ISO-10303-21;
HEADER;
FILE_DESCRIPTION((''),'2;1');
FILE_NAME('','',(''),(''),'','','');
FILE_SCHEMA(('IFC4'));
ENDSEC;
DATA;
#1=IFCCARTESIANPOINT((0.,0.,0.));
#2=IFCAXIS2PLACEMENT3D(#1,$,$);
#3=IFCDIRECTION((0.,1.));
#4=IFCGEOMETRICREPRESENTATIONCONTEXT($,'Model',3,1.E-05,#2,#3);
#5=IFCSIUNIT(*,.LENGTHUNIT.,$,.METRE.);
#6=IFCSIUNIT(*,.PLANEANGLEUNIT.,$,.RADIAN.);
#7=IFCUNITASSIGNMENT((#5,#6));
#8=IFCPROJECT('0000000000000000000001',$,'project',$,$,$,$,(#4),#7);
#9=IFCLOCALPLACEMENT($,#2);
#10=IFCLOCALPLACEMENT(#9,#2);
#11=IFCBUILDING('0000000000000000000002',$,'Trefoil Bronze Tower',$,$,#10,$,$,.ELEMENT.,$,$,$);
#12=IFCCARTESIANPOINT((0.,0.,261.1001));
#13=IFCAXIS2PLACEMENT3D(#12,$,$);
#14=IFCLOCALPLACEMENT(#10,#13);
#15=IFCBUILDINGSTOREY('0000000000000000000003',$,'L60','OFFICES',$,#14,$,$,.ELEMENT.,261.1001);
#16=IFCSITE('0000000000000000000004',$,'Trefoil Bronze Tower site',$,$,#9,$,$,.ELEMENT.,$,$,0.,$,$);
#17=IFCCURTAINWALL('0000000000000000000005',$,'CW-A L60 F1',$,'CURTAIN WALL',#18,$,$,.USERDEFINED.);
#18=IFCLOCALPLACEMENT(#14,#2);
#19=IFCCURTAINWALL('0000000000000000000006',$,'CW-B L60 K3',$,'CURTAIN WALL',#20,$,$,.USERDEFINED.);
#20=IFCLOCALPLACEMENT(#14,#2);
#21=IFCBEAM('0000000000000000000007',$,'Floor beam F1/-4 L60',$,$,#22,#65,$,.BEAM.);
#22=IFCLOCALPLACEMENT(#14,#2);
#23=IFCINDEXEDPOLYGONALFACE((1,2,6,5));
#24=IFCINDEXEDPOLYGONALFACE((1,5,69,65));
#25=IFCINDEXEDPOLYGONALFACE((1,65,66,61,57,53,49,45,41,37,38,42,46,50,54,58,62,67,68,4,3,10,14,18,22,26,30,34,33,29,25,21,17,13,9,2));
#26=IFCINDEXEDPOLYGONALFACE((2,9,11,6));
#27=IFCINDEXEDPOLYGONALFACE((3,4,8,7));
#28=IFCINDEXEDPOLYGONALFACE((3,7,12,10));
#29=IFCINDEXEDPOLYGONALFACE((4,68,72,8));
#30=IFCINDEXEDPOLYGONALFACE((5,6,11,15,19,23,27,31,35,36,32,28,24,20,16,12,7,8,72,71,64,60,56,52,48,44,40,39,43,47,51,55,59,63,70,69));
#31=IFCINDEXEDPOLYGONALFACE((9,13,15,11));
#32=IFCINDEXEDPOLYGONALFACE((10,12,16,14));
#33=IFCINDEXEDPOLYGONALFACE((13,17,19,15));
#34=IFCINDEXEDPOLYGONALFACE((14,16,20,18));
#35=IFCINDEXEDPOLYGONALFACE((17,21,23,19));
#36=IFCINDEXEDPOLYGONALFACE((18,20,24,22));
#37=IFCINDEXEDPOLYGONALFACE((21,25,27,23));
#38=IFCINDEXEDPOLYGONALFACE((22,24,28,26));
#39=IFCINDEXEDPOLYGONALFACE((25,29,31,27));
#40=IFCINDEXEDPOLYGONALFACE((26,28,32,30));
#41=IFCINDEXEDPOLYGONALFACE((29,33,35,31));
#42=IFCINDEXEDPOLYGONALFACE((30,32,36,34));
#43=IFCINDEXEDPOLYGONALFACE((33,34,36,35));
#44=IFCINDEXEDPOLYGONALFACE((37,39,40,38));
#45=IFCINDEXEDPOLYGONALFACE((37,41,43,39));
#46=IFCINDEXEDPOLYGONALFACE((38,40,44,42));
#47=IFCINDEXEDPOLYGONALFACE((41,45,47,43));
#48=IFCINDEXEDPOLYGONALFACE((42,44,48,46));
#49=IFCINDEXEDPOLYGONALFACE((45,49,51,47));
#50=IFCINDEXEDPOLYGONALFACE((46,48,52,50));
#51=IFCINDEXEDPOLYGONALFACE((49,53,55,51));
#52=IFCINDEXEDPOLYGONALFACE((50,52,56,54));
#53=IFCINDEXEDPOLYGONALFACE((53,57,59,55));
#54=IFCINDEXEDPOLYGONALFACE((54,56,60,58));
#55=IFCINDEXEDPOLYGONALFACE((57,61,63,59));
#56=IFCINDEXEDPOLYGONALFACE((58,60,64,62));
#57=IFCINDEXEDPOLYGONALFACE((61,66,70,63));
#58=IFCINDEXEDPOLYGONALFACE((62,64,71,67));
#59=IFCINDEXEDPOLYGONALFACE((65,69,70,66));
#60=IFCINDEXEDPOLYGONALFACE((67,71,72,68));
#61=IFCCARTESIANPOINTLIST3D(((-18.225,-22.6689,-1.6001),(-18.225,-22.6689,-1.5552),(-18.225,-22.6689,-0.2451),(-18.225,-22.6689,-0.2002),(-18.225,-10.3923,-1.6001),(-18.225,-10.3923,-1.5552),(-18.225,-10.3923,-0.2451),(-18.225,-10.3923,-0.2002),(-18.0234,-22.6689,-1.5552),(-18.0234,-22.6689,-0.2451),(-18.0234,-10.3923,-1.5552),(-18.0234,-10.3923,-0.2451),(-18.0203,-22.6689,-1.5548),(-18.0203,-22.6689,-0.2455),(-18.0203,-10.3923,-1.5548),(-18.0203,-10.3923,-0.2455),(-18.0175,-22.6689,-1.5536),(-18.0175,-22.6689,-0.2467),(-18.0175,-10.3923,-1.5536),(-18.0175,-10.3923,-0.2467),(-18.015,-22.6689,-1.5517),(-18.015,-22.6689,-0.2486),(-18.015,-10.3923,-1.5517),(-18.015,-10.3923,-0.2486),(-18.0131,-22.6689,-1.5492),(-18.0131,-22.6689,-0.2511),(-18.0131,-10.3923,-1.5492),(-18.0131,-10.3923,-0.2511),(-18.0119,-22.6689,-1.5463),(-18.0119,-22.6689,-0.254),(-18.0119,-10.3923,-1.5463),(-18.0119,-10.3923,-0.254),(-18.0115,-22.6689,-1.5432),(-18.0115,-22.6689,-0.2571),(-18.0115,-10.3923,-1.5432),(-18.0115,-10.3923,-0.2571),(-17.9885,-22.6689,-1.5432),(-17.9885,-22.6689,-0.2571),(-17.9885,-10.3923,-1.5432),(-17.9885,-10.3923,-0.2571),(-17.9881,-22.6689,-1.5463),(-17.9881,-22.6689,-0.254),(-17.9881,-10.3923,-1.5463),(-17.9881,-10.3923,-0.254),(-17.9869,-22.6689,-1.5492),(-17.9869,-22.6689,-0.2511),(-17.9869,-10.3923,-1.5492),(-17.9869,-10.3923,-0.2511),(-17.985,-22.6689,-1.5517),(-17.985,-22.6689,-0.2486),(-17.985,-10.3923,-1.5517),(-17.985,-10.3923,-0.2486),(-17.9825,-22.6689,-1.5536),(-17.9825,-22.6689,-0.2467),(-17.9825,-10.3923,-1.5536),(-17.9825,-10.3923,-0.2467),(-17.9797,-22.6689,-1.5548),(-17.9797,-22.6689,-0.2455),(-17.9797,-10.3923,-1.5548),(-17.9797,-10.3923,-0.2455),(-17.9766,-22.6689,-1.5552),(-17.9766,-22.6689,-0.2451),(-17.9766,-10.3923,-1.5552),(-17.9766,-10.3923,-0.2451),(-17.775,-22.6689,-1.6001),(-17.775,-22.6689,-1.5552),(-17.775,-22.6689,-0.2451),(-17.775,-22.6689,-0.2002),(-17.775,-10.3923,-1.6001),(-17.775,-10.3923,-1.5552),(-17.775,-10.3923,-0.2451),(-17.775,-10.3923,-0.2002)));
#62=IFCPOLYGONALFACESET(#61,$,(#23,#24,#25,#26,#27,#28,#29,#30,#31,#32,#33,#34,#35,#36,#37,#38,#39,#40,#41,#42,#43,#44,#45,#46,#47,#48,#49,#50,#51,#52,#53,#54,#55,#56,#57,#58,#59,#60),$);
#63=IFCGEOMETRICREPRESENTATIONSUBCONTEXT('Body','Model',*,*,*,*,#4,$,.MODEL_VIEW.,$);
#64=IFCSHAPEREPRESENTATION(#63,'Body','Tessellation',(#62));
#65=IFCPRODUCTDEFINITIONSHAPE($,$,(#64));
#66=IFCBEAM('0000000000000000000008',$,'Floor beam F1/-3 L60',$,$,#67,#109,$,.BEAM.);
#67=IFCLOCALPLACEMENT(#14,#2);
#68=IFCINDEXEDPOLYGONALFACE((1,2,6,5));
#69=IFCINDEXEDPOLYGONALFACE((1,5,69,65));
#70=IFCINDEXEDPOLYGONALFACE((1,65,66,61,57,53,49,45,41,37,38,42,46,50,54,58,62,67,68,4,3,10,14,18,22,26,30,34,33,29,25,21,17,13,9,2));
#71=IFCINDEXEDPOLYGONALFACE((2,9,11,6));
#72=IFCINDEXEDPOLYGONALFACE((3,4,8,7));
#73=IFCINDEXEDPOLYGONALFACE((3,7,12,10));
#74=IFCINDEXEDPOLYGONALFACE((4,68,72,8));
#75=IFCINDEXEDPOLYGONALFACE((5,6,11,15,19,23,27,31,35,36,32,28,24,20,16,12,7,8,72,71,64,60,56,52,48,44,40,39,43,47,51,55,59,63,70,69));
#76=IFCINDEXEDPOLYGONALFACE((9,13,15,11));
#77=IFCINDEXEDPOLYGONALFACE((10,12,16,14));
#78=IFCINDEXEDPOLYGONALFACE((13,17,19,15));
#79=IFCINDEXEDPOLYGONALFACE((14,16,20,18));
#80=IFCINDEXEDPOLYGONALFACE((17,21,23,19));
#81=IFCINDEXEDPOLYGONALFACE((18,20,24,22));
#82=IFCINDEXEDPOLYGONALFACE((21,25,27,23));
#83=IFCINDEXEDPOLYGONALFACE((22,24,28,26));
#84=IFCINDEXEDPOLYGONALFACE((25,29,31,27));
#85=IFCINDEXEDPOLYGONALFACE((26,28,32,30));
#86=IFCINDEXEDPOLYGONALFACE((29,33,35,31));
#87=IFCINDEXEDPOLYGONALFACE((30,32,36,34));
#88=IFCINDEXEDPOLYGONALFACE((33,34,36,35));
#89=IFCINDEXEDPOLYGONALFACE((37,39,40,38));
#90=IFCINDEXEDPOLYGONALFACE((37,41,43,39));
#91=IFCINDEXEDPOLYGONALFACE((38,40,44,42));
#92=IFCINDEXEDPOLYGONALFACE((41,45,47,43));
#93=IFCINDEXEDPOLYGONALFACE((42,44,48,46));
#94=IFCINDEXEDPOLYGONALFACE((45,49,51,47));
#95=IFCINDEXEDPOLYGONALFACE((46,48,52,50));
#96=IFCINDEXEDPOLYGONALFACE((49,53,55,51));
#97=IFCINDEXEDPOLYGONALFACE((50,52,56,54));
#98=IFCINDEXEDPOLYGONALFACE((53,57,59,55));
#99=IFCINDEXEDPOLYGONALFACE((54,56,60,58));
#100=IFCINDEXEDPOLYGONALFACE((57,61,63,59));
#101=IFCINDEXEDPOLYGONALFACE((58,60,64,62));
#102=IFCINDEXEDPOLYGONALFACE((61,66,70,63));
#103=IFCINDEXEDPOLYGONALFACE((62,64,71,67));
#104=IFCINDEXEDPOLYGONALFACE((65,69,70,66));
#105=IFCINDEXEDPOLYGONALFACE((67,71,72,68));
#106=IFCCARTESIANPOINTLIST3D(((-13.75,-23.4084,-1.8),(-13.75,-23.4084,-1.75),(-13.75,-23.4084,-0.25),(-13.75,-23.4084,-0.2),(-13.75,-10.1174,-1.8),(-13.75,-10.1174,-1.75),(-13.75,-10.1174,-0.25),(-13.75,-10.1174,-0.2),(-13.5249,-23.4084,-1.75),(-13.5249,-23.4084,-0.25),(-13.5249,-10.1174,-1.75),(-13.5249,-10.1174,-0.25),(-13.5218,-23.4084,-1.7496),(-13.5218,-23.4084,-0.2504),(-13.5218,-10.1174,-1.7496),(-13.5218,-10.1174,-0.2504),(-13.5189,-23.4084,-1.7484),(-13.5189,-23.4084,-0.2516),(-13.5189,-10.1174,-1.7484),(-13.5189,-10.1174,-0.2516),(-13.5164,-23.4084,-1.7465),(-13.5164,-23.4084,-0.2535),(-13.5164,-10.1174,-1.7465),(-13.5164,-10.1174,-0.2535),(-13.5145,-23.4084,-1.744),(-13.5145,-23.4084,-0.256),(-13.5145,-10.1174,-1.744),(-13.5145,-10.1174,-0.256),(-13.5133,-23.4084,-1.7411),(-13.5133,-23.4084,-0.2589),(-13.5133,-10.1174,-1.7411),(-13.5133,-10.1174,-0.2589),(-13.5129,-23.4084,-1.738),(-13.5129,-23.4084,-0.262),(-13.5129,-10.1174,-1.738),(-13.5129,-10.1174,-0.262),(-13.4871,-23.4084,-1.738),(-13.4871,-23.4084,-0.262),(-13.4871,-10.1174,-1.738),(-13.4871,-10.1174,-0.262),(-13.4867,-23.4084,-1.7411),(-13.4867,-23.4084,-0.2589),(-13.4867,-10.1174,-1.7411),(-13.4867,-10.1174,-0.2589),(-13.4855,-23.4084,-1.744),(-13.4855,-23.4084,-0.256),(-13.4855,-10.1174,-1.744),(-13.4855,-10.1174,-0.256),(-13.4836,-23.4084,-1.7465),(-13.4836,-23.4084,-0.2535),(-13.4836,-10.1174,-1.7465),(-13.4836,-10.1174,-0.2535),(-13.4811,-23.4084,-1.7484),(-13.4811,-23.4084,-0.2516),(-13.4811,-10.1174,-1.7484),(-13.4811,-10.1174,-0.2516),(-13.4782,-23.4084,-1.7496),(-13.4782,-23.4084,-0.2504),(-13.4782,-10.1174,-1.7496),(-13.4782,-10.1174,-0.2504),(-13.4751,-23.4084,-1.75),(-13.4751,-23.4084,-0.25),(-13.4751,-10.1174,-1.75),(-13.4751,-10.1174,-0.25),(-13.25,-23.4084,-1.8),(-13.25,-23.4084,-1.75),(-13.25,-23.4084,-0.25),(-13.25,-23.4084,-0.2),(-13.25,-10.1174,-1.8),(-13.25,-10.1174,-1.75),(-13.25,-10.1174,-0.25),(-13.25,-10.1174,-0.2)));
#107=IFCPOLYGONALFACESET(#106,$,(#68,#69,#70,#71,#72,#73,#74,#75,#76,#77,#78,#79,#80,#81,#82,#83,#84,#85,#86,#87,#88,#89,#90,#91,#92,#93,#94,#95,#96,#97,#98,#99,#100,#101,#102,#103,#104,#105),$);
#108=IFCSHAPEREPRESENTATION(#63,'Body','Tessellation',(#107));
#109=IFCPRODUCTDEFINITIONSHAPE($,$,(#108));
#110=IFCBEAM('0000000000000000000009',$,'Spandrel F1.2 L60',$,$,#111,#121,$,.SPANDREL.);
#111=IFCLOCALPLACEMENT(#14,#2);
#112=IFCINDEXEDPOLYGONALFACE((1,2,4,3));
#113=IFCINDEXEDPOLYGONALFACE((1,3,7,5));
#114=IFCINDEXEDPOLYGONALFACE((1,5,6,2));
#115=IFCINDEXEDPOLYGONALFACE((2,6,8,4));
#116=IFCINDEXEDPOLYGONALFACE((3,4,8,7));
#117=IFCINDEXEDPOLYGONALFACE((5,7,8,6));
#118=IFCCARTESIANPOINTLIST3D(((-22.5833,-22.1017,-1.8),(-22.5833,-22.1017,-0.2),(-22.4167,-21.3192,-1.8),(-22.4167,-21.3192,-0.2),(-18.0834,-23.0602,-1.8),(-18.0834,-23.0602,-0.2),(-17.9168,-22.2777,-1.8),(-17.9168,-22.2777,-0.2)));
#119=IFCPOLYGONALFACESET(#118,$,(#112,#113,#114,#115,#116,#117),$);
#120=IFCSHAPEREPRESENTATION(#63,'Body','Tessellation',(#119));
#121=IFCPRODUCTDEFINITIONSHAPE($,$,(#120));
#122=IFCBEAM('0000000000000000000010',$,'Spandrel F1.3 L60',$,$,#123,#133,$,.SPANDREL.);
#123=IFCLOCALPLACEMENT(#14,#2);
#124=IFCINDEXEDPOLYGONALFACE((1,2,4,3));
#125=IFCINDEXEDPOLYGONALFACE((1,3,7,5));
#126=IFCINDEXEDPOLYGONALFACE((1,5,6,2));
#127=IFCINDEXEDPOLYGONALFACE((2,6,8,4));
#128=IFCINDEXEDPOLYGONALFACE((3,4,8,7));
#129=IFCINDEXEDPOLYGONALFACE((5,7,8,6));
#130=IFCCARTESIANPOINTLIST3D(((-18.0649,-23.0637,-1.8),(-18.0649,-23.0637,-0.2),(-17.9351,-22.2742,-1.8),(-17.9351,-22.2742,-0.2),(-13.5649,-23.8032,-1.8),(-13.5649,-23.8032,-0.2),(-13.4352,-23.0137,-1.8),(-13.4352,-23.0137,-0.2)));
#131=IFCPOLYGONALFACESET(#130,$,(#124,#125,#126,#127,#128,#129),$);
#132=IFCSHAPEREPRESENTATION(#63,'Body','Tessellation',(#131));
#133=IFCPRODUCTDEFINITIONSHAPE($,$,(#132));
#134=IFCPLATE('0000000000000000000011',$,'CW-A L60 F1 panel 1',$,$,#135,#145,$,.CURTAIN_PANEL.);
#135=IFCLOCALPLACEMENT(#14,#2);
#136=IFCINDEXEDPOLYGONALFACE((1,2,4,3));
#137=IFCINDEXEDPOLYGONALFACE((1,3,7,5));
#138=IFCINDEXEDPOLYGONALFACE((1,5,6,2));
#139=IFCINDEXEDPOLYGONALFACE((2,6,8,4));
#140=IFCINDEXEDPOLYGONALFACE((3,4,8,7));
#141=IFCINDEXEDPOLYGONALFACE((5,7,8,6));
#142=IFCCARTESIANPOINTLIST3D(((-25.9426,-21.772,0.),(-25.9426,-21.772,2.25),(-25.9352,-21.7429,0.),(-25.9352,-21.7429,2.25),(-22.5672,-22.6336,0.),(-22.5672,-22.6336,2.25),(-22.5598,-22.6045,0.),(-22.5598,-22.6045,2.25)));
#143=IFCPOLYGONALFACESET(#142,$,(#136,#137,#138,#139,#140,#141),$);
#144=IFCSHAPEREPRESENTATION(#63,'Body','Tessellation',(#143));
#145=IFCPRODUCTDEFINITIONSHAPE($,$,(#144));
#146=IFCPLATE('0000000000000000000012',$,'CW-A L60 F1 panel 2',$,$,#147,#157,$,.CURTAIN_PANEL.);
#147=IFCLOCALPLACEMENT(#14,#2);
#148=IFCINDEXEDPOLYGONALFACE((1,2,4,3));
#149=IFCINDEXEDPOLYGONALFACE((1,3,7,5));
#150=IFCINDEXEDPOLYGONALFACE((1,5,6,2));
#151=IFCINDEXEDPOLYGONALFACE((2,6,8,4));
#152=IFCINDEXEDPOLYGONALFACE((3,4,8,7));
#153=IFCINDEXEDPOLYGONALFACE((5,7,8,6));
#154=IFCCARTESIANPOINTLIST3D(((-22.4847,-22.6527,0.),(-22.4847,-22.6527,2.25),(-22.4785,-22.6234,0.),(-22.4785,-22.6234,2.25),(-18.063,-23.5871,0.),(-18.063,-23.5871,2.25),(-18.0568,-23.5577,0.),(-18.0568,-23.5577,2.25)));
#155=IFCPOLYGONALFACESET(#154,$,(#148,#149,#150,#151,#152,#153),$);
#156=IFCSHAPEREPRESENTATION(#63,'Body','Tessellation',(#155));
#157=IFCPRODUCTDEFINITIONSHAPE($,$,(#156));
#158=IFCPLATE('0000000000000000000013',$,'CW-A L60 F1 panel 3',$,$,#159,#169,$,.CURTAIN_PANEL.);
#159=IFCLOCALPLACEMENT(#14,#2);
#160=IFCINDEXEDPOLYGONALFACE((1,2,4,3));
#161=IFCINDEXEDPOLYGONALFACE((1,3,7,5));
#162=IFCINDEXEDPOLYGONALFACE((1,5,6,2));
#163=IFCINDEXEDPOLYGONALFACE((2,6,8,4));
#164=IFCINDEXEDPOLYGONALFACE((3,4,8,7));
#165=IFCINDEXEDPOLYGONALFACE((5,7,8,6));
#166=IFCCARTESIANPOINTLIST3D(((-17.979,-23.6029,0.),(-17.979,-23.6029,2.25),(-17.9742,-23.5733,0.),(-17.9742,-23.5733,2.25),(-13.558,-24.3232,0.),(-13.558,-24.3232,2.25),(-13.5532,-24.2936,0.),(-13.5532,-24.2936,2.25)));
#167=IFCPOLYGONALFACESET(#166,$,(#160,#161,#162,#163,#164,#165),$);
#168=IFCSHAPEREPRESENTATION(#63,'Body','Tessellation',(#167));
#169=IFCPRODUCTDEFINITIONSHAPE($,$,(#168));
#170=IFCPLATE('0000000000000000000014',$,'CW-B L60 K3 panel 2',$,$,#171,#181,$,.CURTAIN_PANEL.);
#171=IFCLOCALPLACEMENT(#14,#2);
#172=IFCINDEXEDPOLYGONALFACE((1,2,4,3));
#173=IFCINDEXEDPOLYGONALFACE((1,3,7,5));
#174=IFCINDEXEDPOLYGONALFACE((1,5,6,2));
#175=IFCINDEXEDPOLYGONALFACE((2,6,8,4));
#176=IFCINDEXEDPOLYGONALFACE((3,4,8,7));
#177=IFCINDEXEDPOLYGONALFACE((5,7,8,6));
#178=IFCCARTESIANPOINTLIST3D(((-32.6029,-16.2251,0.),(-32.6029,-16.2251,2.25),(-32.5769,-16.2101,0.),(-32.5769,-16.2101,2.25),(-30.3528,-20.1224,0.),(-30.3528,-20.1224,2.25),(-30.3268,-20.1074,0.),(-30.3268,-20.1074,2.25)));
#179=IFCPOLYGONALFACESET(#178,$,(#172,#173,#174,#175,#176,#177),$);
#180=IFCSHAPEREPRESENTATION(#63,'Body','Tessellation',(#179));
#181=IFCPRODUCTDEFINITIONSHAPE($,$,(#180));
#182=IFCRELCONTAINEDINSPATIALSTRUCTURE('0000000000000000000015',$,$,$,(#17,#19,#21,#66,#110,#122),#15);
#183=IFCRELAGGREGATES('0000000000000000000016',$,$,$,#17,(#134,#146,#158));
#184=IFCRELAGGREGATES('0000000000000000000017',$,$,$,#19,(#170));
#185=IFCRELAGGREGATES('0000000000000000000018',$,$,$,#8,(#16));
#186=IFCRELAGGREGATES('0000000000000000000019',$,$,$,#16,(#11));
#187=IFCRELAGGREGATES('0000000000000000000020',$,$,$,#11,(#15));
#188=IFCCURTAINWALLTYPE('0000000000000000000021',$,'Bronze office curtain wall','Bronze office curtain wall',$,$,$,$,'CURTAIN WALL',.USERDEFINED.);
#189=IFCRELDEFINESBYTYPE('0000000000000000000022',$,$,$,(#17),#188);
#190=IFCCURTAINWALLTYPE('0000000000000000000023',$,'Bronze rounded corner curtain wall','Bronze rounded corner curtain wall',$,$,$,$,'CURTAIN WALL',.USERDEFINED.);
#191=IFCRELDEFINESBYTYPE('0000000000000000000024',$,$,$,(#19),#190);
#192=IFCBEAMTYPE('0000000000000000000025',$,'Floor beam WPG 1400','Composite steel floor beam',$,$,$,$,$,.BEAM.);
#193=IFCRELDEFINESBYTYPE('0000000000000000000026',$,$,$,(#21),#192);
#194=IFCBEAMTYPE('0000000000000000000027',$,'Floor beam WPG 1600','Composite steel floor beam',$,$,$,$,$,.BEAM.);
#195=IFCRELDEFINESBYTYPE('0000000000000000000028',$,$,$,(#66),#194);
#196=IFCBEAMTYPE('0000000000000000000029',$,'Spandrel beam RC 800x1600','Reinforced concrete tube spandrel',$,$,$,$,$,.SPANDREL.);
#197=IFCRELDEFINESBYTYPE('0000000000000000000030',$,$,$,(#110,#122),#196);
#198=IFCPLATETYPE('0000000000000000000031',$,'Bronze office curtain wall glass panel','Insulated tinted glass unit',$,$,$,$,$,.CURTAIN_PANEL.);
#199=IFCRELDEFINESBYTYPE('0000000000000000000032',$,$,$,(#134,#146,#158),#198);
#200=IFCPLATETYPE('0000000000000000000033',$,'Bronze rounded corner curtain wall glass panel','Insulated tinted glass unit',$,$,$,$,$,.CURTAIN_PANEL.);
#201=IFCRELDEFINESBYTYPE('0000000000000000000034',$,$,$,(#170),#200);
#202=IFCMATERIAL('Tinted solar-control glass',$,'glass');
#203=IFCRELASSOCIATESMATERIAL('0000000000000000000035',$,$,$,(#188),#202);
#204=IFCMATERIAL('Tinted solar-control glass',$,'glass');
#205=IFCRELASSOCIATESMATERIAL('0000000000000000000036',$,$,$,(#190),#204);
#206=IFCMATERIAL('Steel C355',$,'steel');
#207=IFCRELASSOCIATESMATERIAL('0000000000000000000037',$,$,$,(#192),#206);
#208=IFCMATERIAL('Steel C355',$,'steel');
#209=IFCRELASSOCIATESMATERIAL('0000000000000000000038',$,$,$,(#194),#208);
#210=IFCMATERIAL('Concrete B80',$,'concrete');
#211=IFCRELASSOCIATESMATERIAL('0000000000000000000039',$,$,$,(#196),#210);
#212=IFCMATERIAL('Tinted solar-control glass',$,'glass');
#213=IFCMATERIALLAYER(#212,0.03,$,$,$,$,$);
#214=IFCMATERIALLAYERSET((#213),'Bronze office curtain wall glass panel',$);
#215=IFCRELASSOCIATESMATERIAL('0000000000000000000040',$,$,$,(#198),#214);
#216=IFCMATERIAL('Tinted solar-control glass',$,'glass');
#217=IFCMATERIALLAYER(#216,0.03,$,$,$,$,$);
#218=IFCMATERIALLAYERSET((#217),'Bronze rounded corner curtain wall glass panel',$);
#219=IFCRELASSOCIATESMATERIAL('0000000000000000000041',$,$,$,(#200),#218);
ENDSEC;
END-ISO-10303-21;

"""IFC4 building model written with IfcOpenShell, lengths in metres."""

from ifc_helpers import new_model, si_unit, direction, frame, origin, origin_2d, place, context, subcontext, project, spatial, rectangle, i_section, extrude, material, layer, layer_set, material_profile, profile_set, type_object, element, aggregate, save


model = new_model("IFC4")

# Units and contexts
model_context = context("Model", 3, precision=1e-05, world=origin(), true_north=direction((0.0, 1.0)))
body_context = subcontext(model_context, "Body", "Model", "MODEL_VIEW")
ifc_project = project(units=[si_unit("LENGTHUNIT", "METRE"), si_unit("PLANEANGLEUNIT", "RADIAN")], contexts=[model_context])

# Site, building, storey
site_placement = place(None, origin())
site = spatial("IfcSite", under=ifc_project, at=site_placement, Name="Trefoil Bronze Tower site", CompositionType="ELEMENT", RefElevation=0.0)
building_placement = place(site_placement, origin())
building = spatial("IfcBuilding", under=site, at=building_placement, Name="Trefoil Bronze Tower", CompositionType="ELEMENT")
storey_placement = place(building_placement, frame((0.0, 0.0, 261.1001)))
storey = spatial("IfcBuildingStorey", under=building, at=storey_placement, Name="L60", Description="OFFICES", CompositionType="ELEMENT", Elevation=261.1001)

# Curtain walls
ifc_material_1 = material(Name="Tinted solar-control glass", Category="glass")
curtain_wall_type_1 = type_object("IfcCurtainWallType", Name="Bronze office curtain wall", Description="Bronze office curtain wall", ElementType="CURTAIN WALL", PredefinedType="USERDEFINED", material=ifc_material_1)
curtain_wall_1_placement = place(storey_placement, origin())
curtain_wall_1 = element("IfcCurtainWall", 1, at=curtain_wall_1_placement, inside=storey, type_object=curtain_wall_type_1, Name="CW-A L60 F1", ObjectType="CURTAIN WALL", PredefinedType="USERDEFINED")
ifc_material_2 = material(Name="Tinted solar-control glass", Category="glass")
curtain_wall_type_2 = type_object("IfcCurtainWallType", Name="Bronze rounded corner curtain wall", Description="Bronze rounded corner curtain wall", ElementType="CURTAIN WALL", PredefinedType="USERDEFINED", material=ifc_material_2)
curtain_wall_2_placement = place(storey_placement, origin())
curtain_wall_2 = element("IfcCurtainWall", 2, at=curtain_wall_2_placement, inside=storey, type_object=curtain_wall_type_2, Name="CW-B L60 K3", ObjectType="CURTAIN WALL", PredefinedType="USERDEFINED")

# Beams
ifc_material_3 = material(Name="Steel C355", Category="steel")
ifc_material_profile_1 = material_profile(ifc_material_3, i_section(OverallWidth=0.45, OverallDepth=1.3999, WebThickness=0.0229, FlangeThickness=0.0449, FilletRadius=0.012, at=origin_2d()), Name="WPG 1400")
ifc_profile_set_1 = profile_set([ifc_material_profile_1], Name="Steel C355")
beam_type_1 = type_object("IfcBeamType", Name="Floor beam WPG 1400", Description="Composite steel floor beam", PredefinedType="BEAM", material=ifc_profile_set_1)
beam_1_placement = place(storey_placement, frame((-18.0, -22.6689, -0.9001), z_axis=(0.0, 1.0, 0.0), x_axis=(-1.0, 0.0, 0.0)))
element("IfcBeam", 3, at=beam_1_placement, inside=storey, type_object=beam_type_1, Name="Floor beam F1/-4 L60", PredefinedType="BEAM", context=body_context, shape_type="SweptSolid", body=[
    extrude(i_section(OverallWidth=0.45, OverallDepth=1.3999, WebThickness=0.0229, FlangeThickness=0.0449, FilletRadius=0.012, at=origin_2d()), origin(), (0.0, 0.0, 1.0), 12.2766),
])
ifc_material_4 = material(Name="Steel C355", Category="steel")
ifc_material_profile_2 = material_profile(ifc_material_4, i_section(OverallWidth=0.5, OverallDepth=1.6001, WebThickness=0.0259, FlangeThickness=0.05, FilletRadius=0.012, at=origin_2d()), Name="WPG 1600")
ifc_profile_set_2 = profile_set([ifc_material_profile_2], Name="Steel C355")
beam_type_2 = type_object("IfcBeamType", Name="Floor beam WPG 1600", Description="Composite steel floor beam", PredefinedType="BEAM", material=ifc_profile_set_2)
beam_2_placement = place(storey_placement, frame((-13.5, -23.4084, -1.0), z_axis=(0.0, 1.0, 0.0), x_axis=(-1.0, 0.0, 0.0)))
element("IfcBeam", 4, at=beam_2_placement, inside=storey, type_object=beam_type_2, Name="Floor beam F1/-3 L60", PredefinedType="BEAM", context=body_context, shape_type="SweptSolid", body=[
    extrude(i_section(OverallWidth=0.5, OverallDepth=1.6001, WebThickness=0.0259, FlangeThickness=0.05, FilletRadius=0.012, at=origin_2d()), origin(), (0.0, 0.0, 1.0), 13.291),
])
ifc_material_5 = material(Name="Concrete B80", Category="concrete")
ifc_material_profile_3 = material_profile(ifc_material_5, rectangle(XDim=0.8, YDim=1.6001, at=origin_2d()), Name="RC 800x1600")
ifc_profile_set_3 = profile_set([ifc_material_profile_3], Name="Concrete B80")
beam_type_3 = type_object("IfcBeamType", Name="Spandrel beam RC 800x1600", Description="Reinforced concrete tube spandrel", PredefinedType="SPANDREL", material=ifc_profile_set_3)
beam_3_placement = place(storey_placement, frame((-22.5, -21.7104, -1.0), z_axis=(0.978059, -0.208326, 0.0), x_axis=(0.208326, 0.978059, 0.0)))
element("IfcBeam", 5, at=beam_3_placement, inside=storey, type_object=beam_type_3, Name="Spandrel F1.2 L60", PredefinedType="SPANDREL", context=body_context, shape_type="SweptSolid", body=[
    extrude(rectangle(XDim=0.8, YDim=1.6001, at=origin_2d()), origin(), (0.0, 0.0, 1.0), 4.6008),
])
beam_4_placement = place(storey_placement, frame((-18.0, -22.6689, -1.0), z_axis=(0.986765, -0.162159, 0.0), x_axis=(0.162159, 0.986765, 0.0)))
element("IfcBeam", 6, at=beam_4_placement, inside=storey, type_object=beam_type_3, Name="Spandrel F1.3 L60", PredefinedType="SPANDREL", context=body_context, shape_type="SweptSolid", body=[
    extrude(rectangle(XDim=0.8, YDim=1.6001, at=origin_2d()), origin(), (0.0, 0.0, 1.0), 4.5603),
])

# Plates
ifc_material_6 = material(Name="Tinted solar-control glass", Category="glass")
ifc_layer_1 = layer(ifc_material_6, 0.03)
ifc_layer_set_1 = layer_set([ifc_layer_1], Name="Bronze office curtain wall glass panel")
plate_type_1 = type_object("IfcPlateType", Name="Bronze office curtain wall glass panel", Description="Insulated tinted glass unit", PredefinedType="CURTAIN_PANEL", material=ifc_layer_set_1)
plate_1_placement = place(storey_placement, frame((-24.2512, -22.1882, 0.0), z_axis=(0.0, 0.0, 1.0), x_axis=(0.968934, -0.247319, 0.0)))
plate_1 = element("IfcPlate", 7, at=plate_1_placement, type_object=plate_type_1, Name="CW-A L60 F1 panel 1", PredefinedType="CURTAIN_PANEL", context=body_context, shape_type="SweptSolid", body=[
    extrude(rectangle(XDim=3.4836, YDim=0.03, at=origin_2d()), origin(), (0.0, 0.0, 1.0), 2.25),
])
plate_2_placement = place(storey_placement, frame((-20.2708, -23.1052, 0.0), z_axis=(0.0, 0.0, 1.0), x_axis=(0.978394, -0.206747, 0.0)))
plate_2 = element("IfcPlate", 8, at=plate_2_placement, type_object=plate_type_1, Name="CW-A L60 F1 panel 2", PredefinedType="CURTAIN_PANEL", context=body_context, shape_type="SweptSolid", body=[
    extrude(rectangle(XDim=4.5193, YDim=0.03, at=origin_2d()), origin(), (0.0, 0.0, 1.0), 2.25),
])
plate_3_placement = place(storey_placement, frame((-15.7661, -23.9482, 0.0), z_axis=(0.0, 0.0, 1.0), x_axis=(0.986987, -0.160803, 0.0)))
plate_3 = element("IfcPlate", 9, at=plate_3_placement, type_object=plate_type_1, Name="CW-A L60 F1 panel 3", PredefinedType="CURTAIN_PANEL", context=body_context, shape_type="SweptSolid", body=[
    extrude(rectangle(XDim=4.4792, YDim=0.03, at=origin_2d()), origin(), (0.0, 0.0, 1.0), 2.25),
])
aggregate(curtain_wall_1, [plate_1, plate_2, plate_3])
ifc_material_7 = material(Name="Tinted solar-control glass", Category="glass")
ifc_layer_2 = layer(ifc_material_7, 0.03)
ifc_layer_set_2 = layer_set([ifc_layer_2], Name="Bronze rounded corner curtain wall glass panel")
plate_type_2 = type_object("IfcPlateType", Name="Bronze rounded corner curtain wall glass panel", Description="Insulated tinted glass unit", PredefinedType="CURTAIN_PANEL", material=ifc_layer_set_2)
plate_4_placement = place(storey_placement, frame((-31.4648, -18.1663, 0.0), z_axis=(0.0, 0.0, 1.0), x_axis=(0.5, -0.866025, 0.0)))
plate_4 = element("IfcPlate", 10, at=plate_4_placement, type_object=plate_type_2, Name="CW-B L60 K3 panel 2", PredefinedType="CURTAIN_PANEL", context=body_context, shape_type="SweptSolid", body=[
    extrude(rectangle(XDim=4.5002, YDim=0.03, at=origin_2d()), origin(), (0.0, 0.0, 1.0), 2.25),
])
aggregate(curtain_wall_2, [plate_4])

save(model, "model.ifc")
